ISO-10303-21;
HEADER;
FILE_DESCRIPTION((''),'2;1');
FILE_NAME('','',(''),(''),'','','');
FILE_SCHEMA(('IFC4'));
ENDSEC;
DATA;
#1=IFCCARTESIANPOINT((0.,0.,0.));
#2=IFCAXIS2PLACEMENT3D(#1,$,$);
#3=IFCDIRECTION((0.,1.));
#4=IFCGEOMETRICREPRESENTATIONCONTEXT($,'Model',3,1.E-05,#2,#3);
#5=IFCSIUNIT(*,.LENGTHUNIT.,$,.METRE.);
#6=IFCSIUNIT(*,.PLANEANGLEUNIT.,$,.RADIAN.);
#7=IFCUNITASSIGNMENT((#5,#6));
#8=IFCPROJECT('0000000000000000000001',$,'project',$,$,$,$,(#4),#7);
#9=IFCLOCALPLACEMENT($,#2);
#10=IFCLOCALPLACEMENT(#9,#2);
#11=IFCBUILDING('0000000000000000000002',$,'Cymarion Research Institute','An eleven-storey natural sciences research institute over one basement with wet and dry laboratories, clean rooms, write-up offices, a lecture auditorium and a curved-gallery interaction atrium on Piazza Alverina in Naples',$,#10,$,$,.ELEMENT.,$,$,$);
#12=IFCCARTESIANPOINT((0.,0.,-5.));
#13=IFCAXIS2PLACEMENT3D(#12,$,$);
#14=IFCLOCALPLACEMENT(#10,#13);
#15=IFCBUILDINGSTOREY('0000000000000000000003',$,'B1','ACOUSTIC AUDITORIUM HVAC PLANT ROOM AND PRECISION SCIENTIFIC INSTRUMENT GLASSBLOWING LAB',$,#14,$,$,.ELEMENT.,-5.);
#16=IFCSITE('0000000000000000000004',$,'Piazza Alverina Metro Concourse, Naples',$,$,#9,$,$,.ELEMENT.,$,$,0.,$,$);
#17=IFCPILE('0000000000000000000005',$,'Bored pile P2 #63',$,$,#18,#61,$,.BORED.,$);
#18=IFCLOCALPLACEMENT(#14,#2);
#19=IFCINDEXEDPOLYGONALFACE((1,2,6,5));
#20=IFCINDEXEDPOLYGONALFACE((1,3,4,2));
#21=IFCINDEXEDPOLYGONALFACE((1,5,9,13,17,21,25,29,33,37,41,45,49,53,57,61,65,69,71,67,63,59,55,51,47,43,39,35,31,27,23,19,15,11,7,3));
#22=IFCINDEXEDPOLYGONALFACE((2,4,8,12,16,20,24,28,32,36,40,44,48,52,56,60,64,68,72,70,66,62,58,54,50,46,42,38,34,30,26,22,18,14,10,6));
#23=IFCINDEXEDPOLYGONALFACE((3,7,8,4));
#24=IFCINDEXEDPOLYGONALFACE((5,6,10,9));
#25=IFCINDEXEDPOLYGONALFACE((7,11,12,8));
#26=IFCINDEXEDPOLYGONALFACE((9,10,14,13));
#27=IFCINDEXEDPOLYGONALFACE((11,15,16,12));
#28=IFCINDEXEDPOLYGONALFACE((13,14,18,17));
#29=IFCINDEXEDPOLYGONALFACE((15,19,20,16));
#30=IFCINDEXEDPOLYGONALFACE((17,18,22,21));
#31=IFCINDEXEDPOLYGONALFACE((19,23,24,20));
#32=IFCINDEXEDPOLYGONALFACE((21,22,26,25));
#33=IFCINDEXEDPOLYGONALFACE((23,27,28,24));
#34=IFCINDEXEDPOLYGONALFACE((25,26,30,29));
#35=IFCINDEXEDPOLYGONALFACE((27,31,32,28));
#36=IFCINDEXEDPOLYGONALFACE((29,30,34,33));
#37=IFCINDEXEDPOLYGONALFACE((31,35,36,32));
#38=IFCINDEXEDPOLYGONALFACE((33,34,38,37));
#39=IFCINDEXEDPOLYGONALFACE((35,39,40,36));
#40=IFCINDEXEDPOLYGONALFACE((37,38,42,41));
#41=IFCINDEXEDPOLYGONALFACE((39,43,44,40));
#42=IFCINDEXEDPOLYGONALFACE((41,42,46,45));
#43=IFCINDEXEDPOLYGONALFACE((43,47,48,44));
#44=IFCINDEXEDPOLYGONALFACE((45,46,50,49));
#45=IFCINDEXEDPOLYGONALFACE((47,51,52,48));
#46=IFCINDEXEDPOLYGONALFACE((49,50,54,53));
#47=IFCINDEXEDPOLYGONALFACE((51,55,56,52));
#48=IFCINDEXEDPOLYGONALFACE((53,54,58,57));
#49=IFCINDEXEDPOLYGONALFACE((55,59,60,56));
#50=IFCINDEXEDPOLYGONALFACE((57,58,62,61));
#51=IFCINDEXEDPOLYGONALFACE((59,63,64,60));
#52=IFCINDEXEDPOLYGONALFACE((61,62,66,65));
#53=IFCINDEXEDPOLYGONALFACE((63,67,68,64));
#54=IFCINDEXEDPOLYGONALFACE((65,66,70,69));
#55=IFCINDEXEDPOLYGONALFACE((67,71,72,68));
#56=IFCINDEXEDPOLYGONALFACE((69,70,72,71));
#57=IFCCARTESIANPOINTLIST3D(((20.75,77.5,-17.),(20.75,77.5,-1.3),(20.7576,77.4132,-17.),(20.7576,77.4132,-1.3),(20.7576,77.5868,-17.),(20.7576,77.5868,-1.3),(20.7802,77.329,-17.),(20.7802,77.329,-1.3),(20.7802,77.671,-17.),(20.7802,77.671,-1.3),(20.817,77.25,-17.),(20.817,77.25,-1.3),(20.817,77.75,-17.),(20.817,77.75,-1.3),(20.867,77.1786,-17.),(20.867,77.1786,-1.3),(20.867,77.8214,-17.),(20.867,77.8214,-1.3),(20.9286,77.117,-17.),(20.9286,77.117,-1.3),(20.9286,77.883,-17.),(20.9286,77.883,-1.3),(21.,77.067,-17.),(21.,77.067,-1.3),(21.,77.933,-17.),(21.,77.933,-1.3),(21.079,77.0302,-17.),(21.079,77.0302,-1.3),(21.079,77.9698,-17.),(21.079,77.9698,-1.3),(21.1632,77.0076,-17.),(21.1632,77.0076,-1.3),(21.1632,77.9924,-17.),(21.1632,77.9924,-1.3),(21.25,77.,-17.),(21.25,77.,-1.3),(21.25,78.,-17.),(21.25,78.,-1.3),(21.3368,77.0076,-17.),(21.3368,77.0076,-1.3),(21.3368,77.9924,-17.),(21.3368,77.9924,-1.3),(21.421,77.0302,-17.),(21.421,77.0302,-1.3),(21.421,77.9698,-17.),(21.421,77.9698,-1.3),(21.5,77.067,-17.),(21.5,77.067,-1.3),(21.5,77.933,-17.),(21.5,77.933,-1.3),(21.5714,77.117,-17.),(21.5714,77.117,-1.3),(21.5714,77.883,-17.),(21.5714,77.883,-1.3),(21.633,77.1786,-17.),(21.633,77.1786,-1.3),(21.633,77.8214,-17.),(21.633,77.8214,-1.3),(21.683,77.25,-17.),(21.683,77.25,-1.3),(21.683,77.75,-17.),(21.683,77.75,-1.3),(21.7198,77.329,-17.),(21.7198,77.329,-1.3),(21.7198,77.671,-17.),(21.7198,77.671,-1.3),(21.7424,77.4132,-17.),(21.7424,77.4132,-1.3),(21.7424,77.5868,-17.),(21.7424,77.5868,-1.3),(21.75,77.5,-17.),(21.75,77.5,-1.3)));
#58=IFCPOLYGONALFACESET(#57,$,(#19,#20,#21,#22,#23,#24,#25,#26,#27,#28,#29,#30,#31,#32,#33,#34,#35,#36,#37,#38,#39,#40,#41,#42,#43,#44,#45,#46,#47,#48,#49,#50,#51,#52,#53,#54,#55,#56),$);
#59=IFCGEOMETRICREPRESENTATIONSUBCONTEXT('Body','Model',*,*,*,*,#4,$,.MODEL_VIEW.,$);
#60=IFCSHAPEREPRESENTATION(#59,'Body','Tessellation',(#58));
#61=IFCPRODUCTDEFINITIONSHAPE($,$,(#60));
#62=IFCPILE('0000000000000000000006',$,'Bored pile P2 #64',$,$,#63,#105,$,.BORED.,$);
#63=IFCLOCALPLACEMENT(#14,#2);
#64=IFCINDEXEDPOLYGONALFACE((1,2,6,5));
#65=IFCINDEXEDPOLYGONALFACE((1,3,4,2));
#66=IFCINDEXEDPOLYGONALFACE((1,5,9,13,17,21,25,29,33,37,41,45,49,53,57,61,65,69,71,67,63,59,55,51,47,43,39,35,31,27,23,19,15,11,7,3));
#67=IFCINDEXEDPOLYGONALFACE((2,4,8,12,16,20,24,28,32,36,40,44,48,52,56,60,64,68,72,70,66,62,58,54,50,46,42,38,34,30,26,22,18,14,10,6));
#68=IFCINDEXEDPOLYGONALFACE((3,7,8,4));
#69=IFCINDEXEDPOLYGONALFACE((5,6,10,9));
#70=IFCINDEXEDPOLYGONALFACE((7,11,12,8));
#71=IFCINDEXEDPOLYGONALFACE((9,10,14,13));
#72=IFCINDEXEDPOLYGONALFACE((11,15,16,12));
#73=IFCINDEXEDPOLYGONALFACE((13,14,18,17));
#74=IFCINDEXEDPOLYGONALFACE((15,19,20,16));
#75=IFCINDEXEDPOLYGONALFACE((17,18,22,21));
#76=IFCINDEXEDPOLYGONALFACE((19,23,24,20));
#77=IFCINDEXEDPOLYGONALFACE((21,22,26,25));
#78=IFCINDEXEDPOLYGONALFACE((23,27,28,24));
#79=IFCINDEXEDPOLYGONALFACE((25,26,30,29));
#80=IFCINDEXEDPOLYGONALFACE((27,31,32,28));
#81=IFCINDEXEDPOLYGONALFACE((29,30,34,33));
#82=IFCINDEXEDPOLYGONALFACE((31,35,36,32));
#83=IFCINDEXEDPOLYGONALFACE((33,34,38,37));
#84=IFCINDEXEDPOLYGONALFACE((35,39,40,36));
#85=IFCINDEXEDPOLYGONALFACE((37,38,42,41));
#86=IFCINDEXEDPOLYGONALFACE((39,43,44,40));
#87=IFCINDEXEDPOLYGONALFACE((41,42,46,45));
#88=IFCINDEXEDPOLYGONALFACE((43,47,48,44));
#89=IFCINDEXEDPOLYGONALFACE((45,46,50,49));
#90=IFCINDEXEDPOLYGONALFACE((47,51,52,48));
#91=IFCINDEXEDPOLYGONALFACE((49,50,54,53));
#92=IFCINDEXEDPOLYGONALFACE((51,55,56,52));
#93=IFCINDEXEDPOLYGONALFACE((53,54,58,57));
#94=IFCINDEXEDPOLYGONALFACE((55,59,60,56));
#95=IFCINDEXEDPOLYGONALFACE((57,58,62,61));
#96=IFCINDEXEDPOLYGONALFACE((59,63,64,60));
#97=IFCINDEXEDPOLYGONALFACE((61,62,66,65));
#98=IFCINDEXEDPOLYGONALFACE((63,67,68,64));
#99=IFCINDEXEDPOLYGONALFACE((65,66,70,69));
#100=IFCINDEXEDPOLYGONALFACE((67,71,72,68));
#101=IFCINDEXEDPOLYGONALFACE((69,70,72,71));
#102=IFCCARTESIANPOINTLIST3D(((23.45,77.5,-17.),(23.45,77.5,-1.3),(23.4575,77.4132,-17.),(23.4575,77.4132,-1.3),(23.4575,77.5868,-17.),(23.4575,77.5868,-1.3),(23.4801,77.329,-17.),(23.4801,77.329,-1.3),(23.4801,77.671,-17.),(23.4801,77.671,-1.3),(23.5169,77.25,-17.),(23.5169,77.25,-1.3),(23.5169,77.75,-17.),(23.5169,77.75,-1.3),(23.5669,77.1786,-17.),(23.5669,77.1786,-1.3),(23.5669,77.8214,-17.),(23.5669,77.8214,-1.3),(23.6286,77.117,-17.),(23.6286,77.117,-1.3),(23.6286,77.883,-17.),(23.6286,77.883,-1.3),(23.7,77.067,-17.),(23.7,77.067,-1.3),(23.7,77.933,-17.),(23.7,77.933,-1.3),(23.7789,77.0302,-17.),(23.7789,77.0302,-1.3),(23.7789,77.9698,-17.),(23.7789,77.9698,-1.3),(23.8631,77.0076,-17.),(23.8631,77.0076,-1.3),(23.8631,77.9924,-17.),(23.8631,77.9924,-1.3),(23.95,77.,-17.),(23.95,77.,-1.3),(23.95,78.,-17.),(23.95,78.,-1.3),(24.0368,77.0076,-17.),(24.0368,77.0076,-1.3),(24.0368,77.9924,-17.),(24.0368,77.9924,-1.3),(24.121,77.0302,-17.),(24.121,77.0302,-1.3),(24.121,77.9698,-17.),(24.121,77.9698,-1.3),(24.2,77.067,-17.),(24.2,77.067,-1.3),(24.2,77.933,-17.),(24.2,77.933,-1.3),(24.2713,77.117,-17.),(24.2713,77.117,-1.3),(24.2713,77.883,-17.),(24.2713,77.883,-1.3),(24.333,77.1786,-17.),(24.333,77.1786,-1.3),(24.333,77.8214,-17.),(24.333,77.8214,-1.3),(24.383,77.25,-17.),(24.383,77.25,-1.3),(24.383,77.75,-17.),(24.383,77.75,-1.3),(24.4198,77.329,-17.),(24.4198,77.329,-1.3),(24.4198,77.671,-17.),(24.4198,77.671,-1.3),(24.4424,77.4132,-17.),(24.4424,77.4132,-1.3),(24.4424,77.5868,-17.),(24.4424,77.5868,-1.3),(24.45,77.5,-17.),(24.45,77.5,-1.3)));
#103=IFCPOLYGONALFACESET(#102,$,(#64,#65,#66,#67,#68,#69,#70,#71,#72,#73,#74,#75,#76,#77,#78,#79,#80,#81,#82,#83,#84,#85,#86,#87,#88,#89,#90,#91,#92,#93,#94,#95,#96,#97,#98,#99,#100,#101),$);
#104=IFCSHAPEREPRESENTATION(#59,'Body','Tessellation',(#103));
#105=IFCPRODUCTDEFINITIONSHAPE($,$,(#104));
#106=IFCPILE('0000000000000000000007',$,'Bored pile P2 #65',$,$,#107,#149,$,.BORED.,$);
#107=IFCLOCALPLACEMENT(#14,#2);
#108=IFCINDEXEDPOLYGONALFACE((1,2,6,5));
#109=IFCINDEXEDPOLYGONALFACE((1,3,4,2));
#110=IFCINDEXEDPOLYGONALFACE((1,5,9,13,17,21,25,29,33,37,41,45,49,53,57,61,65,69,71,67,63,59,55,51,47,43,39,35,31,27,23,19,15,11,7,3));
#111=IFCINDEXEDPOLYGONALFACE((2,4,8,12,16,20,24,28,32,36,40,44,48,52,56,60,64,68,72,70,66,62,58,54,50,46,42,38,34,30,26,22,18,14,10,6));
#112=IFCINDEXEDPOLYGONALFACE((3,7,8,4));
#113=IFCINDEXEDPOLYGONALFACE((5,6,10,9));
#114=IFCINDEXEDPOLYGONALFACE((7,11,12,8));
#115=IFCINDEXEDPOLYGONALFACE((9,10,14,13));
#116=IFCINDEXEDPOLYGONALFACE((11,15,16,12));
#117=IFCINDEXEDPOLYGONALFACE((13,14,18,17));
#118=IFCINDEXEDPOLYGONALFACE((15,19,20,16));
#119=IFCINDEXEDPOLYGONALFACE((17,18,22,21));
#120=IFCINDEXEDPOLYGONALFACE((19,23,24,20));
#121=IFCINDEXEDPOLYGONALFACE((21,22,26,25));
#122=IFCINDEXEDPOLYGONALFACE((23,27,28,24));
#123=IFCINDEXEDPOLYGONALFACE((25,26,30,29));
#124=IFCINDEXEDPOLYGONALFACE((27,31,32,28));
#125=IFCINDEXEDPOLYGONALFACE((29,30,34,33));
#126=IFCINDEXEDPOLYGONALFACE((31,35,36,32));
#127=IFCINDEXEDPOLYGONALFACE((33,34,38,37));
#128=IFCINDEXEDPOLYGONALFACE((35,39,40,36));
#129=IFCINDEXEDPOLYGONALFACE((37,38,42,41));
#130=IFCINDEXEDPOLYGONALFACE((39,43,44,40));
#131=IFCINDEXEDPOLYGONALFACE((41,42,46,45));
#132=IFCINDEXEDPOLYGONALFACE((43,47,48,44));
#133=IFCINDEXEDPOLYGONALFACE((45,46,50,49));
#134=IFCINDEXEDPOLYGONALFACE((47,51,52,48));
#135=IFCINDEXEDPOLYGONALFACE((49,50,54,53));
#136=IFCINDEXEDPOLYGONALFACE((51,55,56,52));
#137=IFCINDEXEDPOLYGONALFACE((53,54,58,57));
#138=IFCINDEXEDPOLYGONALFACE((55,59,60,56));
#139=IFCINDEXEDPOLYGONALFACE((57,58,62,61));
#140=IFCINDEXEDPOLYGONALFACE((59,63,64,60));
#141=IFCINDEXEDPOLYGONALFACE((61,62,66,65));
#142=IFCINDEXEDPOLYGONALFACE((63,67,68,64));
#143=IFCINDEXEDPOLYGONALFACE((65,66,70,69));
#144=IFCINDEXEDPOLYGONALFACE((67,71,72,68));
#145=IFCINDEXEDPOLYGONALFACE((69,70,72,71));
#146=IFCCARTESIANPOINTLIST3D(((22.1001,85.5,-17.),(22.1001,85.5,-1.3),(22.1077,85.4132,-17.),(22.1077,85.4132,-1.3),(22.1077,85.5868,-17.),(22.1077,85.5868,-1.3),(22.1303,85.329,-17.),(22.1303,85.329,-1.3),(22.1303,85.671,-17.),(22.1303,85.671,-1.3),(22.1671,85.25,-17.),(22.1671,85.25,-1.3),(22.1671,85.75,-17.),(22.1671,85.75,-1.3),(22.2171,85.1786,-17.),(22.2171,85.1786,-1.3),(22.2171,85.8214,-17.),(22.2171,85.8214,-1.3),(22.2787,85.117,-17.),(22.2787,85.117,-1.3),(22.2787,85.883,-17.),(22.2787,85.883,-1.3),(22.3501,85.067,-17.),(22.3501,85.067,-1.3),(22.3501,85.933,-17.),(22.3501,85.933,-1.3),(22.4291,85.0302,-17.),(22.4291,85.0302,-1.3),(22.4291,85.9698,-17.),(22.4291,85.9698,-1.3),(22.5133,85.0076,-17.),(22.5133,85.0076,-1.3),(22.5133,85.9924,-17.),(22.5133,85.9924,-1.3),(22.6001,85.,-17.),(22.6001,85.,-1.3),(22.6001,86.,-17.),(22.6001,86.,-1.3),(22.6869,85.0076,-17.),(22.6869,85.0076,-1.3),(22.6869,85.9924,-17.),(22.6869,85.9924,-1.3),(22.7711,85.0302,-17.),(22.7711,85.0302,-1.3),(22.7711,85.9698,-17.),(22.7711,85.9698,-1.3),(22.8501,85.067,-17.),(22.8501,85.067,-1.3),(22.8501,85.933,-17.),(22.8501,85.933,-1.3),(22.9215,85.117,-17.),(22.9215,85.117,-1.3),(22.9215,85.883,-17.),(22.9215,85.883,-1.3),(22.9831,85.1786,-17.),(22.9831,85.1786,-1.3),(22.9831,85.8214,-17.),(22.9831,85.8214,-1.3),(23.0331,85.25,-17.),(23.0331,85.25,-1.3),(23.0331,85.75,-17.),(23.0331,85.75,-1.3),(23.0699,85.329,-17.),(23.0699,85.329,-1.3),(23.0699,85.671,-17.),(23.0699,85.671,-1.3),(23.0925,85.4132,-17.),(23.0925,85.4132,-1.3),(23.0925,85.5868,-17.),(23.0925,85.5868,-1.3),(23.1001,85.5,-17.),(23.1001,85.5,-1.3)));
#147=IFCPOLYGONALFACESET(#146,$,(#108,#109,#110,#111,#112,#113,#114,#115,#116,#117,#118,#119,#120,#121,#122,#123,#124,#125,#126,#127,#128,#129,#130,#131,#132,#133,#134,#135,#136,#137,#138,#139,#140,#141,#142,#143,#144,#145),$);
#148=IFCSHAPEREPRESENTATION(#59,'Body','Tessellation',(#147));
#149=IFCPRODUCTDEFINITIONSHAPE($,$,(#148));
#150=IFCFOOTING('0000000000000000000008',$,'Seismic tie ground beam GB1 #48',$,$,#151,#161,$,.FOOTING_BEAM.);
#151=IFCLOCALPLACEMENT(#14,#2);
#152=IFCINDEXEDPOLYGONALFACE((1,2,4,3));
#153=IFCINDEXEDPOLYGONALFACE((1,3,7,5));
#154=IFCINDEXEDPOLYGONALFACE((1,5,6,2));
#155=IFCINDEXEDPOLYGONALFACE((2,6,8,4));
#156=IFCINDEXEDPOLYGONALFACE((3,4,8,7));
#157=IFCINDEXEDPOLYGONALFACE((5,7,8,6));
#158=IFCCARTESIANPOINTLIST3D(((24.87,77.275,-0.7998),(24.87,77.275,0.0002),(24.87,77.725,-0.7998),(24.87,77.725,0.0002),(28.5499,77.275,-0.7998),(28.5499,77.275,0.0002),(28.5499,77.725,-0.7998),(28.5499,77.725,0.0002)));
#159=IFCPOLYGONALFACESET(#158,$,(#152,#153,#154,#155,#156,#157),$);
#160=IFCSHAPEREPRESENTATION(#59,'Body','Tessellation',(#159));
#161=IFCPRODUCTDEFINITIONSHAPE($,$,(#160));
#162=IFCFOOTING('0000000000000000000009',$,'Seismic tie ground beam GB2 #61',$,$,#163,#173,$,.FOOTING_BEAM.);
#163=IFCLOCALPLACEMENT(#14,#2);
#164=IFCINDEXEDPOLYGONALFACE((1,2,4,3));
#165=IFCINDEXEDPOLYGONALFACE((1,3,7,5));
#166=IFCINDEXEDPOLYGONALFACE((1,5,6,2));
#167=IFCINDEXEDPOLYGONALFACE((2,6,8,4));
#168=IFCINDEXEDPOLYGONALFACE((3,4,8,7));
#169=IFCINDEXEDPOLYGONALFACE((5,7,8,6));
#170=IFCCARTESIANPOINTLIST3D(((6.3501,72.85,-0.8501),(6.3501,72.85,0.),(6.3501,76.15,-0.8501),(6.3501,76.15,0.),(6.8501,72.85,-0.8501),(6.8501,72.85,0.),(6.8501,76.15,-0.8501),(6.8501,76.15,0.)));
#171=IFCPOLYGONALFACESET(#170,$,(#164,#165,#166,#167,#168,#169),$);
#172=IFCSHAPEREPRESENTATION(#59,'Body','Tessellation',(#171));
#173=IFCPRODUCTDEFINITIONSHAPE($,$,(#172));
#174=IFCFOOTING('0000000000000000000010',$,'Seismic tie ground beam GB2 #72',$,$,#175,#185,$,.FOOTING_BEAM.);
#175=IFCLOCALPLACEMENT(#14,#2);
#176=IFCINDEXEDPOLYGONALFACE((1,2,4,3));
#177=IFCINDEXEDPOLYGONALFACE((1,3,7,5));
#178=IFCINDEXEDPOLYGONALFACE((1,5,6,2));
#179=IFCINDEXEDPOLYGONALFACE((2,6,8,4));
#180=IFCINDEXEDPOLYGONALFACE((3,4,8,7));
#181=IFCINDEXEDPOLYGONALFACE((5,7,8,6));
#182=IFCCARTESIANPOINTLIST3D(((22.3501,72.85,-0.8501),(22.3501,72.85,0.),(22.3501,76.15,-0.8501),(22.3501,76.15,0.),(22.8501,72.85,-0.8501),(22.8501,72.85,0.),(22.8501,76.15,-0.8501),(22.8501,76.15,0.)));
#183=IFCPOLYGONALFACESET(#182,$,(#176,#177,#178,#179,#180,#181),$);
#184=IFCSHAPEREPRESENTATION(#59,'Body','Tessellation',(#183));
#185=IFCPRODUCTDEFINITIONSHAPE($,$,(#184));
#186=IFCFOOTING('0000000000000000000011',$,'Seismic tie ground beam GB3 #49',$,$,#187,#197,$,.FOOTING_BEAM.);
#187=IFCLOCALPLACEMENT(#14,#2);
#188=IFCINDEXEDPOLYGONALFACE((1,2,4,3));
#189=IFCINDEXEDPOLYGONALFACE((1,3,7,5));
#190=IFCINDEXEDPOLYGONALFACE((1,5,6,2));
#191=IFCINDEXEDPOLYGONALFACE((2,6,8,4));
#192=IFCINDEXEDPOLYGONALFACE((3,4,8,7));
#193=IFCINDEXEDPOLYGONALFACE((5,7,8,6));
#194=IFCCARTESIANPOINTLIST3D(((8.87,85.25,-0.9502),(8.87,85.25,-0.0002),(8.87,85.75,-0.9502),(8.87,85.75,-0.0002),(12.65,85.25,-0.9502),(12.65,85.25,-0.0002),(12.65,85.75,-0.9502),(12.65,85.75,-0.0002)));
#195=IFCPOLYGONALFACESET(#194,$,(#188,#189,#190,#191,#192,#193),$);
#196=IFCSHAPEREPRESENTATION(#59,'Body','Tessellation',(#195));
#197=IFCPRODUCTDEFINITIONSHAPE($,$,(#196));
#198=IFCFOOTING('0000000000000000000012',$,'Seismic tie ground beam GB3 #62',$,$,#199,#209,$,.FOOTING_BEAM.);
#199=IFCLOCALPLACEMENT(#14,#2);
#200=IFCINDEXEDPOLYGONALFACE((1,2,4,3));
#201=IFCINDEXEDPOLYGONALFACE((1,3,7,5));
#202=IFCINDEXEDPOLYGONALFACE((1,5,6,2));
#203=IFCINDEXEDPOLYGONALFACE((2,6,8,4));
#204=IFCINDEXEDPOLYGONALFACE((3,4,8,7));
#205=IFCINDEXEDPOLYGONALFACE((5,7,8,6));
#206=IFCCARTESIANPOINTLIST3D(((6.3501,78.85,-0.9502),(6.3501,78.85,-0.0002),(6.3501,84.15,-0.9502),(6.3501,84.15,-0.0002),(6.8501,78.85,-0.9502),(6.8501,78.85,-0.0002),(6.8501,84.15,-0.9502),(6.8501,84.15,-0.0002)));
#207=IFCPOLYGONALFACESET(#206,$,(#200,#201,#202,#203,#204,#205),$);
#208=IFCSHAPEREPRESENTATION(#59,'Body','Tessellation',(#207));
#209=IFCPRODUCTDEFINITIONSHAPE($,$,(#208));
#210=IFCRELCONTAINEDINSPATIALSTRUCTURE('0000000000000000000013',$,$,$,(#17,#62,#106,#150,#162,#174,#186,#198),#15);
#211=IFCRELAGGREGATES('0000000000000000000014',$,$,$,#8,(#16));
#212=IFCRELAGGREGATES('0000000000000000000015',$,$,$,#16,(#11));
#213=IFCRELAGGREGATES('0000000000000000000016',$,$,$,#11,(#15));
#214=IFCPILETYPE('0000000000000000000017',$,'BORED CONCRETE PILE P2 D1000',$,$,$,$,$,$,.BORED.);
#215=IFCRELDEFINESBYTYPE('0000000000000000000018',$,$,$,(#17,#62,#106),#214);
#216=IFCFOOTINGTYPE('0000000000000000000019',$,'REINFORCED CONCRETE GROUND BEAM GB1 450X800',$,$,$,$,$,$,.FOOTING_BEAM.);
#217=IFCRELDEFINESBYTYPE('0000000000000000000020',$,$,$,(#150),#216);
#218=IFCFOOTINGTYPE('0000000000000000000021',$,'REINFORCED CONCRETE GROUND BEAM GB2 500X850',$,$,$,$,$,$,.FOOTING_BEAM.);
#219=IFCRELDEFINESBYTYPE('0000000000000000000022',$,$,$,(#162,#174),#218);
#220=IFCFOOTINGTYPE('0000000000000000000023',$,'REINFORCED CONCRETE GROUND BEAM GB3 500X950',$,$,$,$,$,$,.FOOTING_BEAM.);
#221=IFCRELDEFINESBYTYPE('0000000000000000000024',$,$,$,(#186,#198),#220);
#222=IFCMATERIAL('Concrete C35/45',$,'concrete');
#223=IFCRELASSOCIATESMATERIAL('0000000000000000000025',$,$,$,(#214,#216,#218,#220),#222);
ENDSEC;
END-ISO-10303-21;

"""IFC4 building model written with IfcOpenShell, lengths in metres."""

from ifc_helpers import new_model, si_unit, direction, frame, origin, origin_2d, place, context, subcontext, project, spatial, rectangle, circle, extrude, material, material_profile, profile_set, type_object, element, save


model = new_model("IFC4")

# Units and contexts
model_context = context("Model", 3, precision=1e-05, world=origin(), true_north=direction((0.0, 1.0)))
body_context = subcontext(model_context, "Body", "Model", "MODEL_VIEW")
ifc_project = project(units=[si_unit("LENGTHUNIT", "METRE"), si_unit("PLANEANGLEUNIT", "RADIAN")], contexts=[model_context])

# Site, building, storey
site_placement = place(None, origin())
site = spatial("IfcSite", under=ifc_project, at=site_placement, Name="Piazza Alverina Metro Concourse, Naples", CompositionType="ELEMENT", RefElevation=0.0)
building_placement = place(site_placement, origin())
building = spatial("IfcBuilding", under=site, at=building_placement, Name="Cymarion Research Institute", Description="An eleven-storey natural sciences research institute over one basement with wet and dry laboratories, clean rooms, write-up offices, a lecture auditorium and a curved-gallery interaction atrium on Piazza Alverina in Naples", CompositionType="ELEMENT")
storey_placement = place(building_placement, frame((0.0, 0.0, -5.0)))
storey = spatial("IfcBuildingStorey", under=building, at=storey_placement, Name="B1", Description="ACOUSTIC AUDITORIUM HVAC PLANT ROOM AND PRECISION SCIENTIFIC INSTRUMENT GLASSBLOWING LAB", CompositionType="ELEMENT", Elevation=-5.0)

# Piles
ifc_material_1 = material(Name="Concrete C35/45", Category="concrete")
ifc_material_profile_1 = material_profile(ifc_material_1, circle(Radius=0.5, at=origin_2d()), Name="BORED PILE D1000")
ifc_profile_set_1 = profile_set([ifc_material_profile_1], Name="Concrete C35/45")
pile_type = type_object("IfcPileType", Name="BORED CONCRETE PILE P2 D1000", PredefinedType="BORED", material=ifc_profile_set_1)
for number, where, z_axis, x_axis, name in (
    (1, (21.25, 77.5, -1.3), (0.0, 0.0, -1.0), (1.0, 0.0, 0.0), "Bored pile P2 #63"),
    (2, (23.95, 77.5, -1.3), (0.0, 0.0, -1.0), (1.0, 0.0, 0.0), "Bored pile P2 #64"),
    (3, (22.6001, 85.5, -1.3), (0.0, 0.0, -1.0), (1.0, 0.0, 0.0), "Bored pile P2 #65"),
):
    element("IfcPile", number, at=place(storey_placement, frame(where, z_axis=z_axis, x_axis=x_axis)), inside=storey, type_object=pile_type, Name=name, PredefinedType="BORED", context=body_context, shape_type="SweptSolid", body=[
        extrude(circle(Radius=0.5, at=origin_2d()), origin(), (0.0, 0.0, 1.0), 15.7),
    ])

# Footings
footing_type_1 = type_object("IfcFootingType", Name="REINFORCED CONCRETE GROUND BEAM GB1 450X800", PredefinedType="FOOTING_BEAM", material=ifc_material_1)
footing_1_placement = place(storey_placement, frame((26.71, 77.5, -0.7998), z_axis=(0.0, 0.0, 1.0), x_axis=(1.0, 0.0, 0.0)))
element("IfcFooting", 4, at=footing_1_placement, inside=storey, type_object=footing_type_1, Name="Seismic tie ground beam GB1 #48", PredefinedType="FOOTING_BEAM", context=body_context, shape_type="SweptSolid", body=[
    extrude(rectangle(XDim=3.6799, YDim=0.45, at=origin_2d()), origin(), (0.0, 0.0, 1.0), 0.8),
])
footing_type_2 = type_object("IfcFootingType", Name="REINFORCED CONCRETE GROUND BEAM GB2 500X850", PredefinedType="FOOTING_BEAM", material=ifc_material_1)
for number, where, z_axis, x_axis, name in (
    (5, (6.6001, 74.5, -0.8501), (0.0, 0.0, 1.0), (0.0, 1.0, 0.0), "Seismic tie ground beam GB2 #61"),
    (6, (22.6001, 74.5, -0.8501), (0.0, 0.0, 1.0), (0.0, 1.0, 0.0), "Seismic tie ground beam GB2 #72"),
):
    element("IfcFooting", number, at=place(storey_placement, frame(where, z_axis=z_axis, x_axis=x_axis)), inside=storey, type_object=footing_type_2, Name=name, PredefinedType="FOOTING_BEAM", context=body_context, shape_type="SweptSolid", body=[
        extrude(rectangle(XDim=3.3, YDim=0.5, at=origin_2d()), origin(), (0.0, 0.0, 1.0), 0.8501),
    ])
footing_type_3 = type_object("IfcFootingType", Name="REINFORCED CONCRETE GROUND BEAM GB3 500X950", PredefinedType="FOOTING_BEAM", material=ifc_material_1)
footing_2_placement = place(storey_placement, frame((10.76, 85.5, -0.9502), z_axis=(0.0, 0.0, 1.0), x_axis=(1.0, 0.0, 0.0)))
element("IfcFooting", 7, at=footing_2_placement, inside=storey, type_object=footing_type_3, Name="Seismic tie ground beam GB3 #49", PredefinedType="FOOTING_BEAM", context=body_context, shape_type="SweptSolid", body=[
    extrude(rectangle(XDim=3.78, YDim=0.5, at=origin_2d()), origin(), (0.0, 0.0, 1.0), 0.95),
])
for number, where, z_axis, x_axis, name in (
    (8, (6.6001, 81.5, -0.9502), (0.0, 0.0, 1.0), (0.0, 1.0, 0.0), "Seismic tie ground beam GB3 #62"),
):
    element("IfcFooting", number, at=place(storey_placement, frame(where, z_axis=z_axis, x_axis=x_axis)), inside=storey, type_object=footing_type_3, Name=name, PredefinedType="FOOTING_BEAM", context=body_context, shape_type="SweptSolid", body=[
        extrude(rectangle(XDim=5.3, YDim=0.5, at=origin_2d()), origin(), (0.0, 0.0, 1.0), 0.95),
    ])

save(model, "model.ifc")
